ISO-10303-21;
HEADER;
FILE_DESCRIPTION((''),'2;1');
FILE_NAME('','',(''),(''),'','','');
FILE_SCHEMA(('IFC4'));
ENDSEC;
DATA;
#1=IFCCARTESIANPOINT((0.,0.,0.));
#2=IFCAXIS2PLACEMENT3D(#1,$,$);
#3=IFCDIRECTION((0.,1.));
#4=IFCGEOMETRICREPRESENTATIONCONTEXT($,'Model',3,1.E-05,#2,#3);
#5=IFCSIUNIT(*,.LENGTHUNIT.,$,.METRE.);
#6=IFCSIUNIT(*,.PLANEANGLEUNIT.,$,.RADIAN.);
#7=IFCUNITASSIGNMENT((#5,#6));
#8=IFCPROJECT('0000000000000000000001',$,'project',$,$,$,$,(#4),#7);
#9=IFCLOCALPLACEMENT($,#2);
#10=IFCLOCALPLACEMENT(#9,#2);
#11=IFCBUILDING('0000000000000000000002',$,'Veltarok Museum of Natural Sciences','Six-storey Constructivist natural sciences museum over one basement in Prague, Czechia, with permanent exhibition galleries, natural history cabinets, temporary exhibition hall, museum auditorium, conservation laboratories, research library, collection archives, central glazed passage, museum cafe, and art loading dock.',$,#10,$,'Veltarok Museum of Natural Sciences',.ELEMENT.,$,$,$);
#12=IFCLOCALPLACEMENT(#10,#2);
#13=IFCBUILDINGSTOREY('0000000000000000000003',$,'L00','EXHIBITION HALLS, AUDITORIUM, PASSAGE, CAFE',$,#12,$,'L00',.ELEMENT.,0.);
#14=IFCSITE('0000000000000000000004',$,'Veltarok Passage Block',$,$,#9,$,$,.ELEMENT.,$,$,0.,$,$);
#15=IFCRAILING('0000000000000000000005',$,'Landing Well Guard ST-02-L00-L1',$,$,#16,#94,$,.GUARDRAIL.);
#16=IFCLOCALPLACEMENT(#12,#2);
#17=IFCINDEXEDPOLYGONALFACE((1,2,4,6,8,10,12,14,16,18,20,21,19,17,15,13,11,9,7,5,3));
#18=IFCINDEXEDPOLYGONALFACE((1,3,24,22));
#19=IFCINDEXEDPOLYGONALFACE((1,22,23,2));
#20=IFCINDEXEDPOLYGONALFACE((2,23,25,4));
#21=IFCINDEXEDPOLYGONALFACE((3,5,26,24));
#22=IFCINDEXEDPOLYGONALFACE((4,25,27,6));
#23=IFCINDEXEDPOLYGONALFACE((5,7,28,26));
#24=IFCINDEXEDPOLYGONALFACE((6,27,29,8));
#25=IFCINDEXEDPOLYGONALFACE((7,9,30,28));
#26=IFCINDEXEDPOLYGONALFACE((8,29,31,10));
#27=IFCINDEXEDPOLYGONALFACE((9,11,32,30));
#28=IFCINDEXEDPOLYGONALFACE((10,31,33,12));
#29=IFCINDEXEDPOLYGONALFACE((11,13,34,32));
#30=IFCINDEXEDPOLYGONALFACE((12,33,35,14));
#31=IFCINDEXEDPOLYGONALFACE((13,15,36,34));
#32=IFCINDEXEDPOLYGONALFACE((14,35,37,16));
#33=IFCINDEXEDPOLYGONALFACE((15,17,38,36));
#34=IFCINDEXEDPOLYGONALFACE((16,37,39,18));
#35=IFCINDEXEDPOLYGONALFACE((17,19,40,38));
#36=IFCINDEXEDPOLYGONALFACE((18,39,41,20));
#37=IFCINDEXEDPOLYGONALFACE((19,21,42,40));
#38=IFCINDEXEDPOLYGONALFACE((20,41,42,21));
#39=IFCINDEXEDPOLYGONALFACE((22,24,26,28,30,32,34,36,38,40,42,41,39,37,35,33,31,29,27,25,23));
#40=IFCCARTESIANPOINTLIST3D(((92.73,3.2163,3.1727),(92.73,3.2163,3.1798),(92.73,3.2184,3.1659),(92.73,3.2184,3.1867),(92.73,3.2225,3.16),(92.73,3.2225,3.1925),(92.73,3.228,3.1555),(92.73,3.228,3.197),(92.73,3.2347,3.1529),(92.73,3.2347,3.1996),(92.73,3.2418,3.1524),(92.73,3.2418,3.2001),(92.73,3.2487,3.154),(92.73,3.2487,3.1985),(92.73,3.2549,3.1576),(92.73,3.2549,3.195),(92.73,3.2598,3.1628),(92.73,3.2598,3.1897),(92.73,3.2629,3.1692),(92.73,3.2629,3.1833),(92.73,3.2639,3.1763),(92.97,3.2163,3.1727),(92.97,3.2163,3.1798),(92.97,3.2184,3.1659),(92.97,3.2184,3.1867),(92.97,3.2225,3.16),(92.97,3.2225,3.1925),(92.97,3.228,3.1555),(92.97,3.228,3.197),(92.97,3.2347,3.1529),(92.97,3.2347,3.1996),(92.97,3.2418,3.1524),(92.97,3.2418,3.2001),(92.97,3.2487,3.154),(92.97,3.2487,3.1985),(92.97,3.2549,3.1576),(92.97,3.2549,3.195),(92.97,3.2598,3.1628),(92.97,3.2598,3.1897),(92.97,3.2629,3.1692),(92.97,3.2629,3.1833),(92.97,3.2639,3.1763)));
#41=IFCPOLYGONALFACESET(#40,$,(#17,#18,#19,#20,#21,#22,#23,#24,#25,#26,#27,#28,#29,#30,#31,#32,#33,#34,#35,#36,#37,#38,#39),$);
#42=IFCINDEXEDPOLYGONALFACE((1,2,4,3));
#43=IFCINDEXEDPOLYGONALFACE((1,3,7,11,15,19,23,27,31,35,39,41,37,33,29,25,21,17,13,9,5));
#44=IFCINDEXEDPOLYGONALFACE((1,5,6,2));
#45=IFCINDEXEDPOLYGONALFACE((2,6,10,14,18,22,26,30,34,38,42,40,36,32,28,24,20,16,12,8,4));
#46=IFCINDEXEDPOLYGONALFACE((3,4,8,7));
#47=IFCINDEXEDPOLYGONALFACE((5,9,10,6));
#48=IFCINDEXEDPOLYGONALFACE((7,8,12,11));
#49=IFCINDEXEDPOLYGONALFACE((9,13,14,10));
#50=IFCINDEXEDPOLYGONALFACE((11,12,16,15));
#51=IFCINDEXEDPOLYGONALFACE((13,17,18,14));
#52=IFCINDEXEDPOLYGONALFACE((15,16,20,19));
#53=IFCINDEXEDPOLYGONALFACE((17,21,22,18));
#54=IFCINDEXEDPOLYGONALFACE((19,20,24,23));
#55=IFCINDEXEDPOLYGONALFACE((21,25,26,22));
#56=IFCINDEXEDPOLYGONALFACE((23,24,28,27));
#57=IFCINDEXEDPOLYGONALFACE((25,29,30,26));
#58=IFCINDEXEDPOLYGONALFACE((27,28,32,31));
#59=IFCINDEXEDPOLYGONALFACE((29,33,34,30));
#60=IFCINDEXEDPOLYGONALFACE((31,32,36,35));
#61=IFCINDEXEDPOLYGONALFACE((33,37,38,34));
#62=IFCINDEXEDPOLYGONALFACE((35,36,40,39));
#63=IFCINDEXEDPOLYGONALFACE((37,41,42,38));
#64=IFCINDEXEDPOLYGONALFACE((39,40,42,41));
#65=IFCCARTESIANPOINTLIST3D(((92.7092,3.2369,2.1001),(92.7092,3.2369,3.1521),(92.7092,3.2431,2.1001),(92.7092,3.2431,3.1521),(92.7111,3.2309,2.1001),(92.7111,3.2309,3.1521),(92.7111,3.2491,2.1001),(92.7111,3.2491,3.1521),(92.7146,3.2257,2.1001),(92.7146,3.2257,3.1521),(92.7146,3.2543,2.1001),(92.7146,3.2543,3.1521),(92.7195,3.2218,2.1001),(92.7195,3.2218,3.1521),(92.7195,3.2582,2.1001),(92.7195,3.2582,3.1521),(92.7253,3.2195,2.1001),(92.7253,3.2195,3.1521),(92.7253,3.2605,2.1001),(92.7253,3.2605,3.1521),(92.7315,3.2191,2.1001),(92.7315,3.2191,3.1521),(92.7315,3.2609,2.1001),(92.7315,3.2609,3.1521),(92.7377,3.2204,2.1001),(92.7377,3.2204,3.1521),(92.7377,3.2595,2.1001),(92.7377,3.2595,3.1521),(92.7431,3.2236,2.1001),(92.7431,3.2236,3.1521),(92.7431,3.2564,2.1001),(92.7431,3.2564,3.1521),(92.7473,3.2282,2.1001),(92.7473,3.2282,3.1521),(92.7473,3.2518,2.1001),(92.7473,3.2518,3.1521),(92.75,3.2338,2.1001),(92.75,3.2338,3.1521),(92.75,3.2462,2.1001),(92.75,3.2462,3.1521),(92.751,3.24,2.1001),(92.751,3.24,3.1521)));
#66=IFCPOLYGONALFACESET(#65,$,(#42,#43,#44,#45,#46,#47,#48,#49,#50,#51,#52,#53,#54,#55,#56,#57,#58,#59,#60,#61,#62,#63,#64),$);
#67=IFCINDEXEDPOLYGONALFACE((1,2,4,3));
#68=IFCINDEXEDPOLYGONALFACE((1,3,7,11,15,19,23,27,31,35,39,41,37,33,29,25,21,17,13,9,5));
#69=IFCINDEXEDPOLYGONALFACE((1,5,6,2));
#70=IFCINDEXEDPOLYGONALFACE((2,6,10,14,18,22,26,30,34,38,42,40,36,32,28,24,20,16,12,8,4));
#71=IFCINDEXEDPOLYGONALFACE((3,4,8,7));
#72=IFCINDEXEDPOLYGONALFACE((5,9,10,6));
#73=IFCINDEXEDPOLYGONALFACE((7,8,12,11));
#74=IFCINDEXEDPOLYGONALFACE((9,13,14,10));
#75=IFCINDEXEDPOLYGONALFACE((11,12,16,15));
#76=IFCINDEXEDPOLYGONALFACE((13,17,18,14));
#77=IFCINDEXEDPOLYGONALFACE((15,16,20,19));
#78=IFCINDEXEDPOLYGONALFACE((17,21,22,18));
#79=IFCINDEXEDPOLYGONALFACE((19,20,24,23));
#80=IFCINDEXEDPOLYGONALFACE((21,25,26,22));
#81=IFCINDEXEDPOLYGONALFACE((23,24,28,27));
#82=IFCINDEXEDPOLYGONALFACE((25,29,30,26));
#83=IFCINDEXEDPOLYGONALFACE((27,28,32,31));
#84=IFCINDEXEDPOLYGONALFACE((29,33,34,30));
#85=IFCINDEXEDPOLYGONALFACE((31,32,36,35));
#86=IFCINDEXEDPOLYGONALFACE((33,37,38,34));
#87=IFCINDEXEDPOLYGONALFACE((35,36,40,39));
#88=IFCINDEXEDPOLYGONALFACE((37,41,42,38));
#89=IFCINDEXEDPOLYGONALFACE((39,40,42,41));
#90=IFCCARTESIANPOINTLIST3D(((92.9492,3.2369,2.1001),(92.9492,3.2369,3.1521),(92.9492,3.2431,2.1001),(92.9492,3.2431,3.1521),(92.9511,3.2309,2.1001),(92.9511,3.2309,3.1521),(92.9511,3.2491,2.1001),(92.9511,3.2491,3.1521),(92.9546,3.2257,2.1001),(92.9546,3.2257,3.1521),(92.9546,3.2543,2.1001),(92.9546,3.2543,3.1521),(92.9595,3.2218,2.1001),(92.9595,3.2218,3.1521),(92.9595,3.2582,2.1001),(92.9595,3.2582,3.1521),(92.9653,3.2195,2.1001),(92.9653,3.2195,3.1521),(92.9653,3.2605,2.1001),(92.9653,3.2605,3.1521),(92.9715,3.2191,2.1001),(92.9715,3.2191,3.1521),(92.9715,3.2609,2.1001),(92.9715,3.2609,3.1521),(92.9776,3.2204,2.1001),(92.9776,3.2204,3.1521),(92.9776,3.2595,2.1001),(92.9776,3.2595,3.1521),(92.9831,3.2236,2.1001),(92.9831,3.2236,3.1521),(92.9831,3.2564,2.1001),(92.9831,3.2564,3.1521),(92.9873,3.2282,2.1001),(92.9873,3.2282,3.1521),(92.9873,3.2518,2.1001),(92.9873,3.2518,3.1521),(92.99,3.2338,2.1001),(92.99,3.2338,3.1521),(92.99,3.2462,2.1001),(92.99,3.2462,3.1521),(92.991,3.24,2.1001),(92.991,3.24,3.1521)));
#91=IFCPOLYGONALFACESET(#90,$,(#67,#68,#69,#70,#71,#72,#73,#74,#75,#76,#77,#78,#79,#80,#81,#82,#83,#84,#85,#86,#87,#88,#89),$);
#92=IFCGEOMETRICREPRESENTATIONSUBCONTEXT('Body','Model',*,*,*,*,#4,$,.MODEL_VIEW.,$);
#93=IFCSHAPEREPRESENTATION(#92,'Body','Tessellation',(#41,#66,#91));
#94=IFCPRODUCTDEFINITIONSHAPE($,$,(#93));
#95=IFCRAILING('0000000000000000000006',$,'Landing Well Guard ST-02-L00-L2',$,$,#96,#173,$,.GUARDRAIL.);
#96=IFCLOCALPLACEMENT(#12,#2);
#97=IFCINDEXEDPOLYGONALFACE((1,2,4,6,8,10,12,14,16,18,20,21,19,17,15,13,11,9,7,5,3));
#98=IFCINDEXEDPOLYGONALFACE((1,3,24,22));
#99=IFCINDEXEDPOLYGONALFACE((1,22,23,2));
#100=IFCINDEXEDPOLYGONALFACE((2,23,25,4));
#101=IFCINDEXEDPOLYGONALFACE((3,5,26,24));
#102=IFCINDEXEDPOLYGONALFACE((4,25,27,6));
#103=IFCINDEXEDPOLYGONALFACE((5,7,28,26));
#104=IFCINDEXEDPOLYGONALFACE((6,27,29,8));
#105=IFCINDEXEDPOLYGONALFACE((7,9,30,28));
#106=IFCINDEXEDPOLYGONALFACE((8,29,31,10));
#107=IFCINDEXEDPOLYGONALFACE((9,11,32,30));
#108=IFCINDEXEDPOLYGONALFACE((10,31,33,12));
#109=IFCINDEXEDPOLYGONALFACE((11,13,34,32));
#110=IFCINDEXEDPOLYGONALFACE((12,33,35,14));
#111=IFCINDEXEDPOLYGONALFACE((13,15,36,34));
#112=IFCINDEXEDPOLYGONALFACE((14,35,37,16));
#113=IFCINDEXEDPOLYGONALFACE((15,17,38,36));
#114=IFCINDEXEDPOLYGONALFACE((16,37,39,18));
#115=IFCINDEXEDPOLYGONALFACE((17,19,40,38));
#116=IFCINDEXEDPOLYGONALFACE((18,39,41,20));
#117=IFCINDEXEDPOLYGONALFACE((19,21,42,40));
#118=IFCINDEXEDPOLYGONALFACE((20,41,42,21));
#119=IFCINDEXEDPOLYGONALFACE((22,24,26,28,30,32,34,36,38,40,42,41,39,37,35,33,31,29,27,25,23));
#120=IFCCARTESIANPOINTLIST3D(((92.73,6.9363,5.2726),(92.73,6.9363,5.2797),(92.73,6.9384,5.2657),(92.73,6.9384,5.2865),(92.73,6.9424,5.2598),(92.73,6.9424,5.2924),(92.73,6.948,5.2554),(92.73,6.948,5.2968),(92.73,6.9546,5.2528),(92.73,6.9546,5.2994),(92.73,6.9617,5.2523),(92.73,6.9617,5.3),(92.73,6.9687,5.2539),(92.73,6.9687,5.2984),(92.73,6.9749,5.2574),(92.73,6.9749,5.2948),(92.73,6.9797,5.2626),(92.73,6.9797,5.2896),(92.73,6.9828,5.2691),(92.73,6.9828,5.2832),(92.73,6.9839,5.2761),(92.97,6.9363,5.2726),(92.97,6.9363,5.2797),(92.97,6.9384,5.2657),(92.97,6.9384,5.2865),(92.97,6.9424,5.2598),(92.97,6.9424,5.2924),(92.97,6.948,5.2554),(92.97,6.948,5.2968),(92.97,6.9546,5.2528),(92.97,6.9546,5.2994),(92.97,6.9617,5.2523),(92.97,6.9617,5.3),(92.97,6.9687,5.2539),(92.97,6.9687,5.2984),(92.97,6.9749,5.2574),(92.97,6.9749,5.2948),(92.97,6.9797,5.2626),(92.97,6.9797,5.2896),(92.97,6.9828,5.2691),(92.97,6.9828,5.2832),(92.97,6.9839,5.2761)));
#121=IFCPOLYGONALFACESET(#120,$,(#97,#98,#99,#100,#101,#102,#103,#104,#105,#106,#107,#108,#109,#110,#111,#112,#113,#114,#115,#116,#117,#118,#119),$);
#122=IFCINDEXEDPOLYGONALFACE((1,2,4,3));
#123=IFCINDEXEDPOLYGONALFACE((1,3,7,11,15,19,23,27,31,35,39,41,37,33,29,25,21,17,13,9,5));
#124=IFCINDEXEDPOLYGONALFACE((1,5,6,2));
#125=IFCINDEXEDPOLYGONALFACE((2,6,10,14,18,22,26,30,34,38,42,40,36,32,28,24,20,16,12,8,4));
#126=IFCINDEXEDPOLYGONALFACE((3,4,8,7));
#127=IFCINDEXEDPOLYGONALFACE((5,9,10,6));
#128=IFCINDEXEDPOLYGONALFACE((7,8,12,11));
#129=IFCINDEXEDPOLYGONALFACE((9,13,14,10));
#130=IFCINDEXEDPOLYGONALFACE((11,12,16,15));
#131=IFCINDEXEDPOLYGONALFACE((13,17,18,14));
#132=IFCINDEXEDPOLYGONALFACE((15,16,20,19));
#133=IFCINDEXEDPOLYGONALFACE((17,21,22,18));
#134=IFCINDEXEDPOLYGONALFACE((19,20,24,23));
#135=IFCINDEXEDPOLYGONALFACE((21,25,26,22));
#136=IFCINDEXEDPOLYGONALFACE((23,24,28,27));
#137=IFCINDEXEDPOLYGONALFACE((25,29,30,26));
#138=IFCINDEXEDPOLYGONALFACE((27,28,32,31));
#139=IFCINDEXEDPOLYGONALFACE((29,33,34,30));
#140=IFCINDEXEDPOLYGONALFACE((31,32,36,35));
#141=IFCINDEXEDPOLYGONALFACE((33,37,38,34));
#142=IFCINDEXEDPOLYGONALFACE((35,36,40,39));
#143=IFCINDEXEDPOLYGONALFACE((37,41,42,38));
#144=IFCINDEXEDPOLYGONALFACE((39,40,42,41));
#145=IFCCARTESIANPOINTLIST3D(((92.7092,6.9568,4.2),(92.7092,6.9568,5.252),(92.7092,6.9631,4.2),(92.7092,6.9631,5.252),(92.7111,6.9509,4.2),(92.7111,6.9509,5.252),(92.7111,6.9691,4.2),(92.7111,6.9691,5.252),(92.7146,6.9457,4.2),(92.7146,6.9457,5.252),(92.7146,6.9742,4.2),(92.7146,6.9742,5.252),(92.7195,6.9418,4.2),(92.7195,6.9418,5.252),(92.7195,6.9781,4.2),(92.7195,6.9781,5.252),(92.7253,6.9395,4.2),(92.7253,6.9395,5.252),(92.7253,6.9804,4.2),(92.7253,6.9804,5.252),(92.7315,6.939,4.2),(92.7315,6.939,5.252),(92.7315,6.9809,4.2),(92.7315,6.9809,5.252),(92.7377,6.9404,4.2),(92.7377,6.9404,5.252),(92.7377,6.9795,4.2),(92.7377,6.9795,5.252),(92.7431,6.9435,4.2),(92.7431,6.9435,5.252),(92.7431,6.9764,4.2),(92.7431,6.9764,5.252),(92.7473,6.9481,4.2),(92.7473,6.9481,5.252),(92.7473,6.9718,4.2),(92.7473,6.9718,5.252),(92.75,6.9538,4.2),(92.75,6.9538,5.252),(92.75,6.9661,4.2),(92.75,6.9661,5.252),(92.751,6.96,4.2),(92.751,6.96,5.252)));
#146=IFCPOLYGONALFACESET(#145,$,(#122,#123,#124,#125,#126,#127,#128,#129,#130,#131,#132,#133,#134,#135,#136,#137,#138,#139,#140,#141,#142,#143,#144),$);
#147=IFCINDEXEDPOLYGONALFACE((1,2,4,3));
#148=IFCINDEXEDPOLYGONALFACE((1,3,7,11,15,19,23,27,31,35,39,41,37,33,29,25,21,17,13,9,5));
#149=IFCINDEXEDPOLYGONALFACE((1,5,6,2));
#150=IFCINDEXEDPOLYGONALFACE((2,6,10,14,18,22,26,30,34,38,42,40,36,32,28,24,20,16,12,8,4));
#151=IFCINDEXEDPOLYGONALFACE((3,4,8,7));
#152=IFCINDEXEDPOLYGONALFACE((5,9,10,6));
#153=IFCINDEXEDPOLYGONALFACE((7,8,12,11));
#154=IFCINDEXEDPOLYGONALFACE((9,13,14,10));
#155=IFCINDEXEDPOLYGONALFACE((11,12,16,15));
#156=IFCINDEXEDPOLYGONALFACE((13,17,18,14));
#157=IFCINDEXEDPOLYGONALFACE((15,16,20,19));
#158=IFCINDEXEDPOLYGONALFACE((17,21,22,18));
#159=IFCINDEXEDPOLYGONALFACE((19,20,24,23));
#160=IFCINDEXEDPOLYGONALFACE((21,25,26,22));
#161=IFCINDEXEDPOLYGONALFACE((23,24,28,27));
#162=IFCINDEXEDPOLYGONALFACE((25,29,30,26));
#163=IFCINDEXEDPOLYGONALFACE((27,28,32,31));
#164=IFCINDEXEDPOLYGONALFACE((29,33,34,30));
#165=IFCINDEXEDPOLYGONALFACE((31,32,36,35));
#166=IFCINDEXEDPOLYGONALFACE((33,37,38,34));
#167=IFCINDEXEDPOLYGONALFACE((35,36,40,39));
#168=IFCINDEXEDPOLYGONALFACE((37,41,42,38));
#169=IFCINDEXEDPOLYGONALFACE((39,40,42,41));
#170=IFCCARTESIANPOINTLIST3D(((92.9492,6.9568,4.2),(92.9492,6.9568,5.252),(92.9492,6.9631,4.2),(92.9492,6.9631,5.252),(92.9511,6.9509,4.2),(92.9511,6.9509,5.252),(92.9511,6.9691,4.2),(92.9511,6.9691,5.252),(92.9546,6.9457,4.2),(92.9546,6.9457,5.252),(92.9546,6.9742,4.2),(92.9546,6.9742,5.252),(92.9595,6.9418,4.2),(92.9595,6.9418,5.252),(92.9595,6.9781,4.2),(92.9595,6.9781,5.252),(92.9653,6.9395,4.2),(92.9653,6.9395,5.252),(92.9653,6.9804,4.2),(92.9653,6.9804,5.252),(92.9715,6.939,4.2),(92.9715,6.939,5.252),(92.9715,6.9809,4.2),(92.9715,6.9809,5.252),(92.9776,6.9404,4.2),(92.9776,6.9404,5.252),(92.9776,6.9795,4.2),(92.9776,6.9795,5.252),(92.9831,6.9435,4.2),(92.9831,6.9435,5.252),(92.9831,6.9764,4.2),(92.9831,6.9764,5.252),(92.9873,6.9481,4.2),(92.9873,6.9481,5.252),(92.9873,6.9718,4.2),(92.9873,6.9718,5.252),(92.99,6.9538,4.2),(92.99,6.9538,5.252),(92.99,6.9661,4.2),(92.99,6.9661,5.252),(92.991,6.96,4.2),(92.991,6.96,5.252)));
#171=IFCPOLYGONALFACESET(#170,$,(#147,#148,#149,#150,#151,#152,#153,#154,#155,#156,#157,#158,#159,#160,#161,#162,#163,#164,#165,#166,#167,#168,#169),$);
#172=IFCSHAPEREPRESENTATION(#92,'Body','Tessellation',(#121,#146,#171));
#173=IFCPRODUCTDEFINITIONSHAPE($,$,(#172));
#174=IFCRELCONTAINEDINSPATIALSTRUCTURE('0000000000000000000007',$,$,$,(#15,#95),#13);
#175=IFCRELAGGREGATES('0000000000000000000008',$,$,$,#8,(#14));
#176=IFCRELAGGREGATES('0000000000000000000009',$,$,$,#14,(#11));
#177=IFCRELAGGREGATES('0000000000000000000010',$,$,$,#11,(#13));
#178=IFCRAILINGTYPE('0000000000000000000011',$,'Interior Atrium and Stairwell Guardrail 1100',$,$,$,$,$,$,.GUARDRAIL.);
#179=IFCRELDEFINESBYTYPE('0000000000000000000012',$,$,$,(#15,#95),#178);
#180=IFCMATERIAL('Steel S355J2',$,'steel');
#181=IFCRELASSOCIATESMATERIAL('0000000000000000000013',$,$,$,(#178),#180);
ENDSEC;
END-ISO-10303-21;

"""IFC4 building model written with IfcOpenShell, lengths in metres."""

from ifc_helpers import new_model, si_unit, direction, frame, origin, origin_2d, place, context, subcontext, project, spatial, circle, extrude, material, type_object, element, save


model = new_model("IFC4")

# Units and contexts
model_context = context("Model", 3, precision=1e-05, world=origin(), true_north=direction((0.0, 1.0)))
body_context = subcontext(model_context, "Body", "Model", "MODEL_VIEW")
ifc_project = project(units=[si_unit("LENGTHUNIT", "METRE"), si_unit("PLANEANGLEUNIT", "RADIAN")], contexts=[model_context])

# Site, building, storey
site_placement = place(None, origin())
site = spatial("IfcSite", under=ifc_project, at=site_placement, Name="Veltarok Passage Block", CompositionType="ELEMENT", RefElevation=0.0)
building_placement = place(site_placement, origin())
building = spatial("IfcBuilding", under=site, at=building_placement, Name="Veltarok Museum of Natural Sciences", Description="Six-storey Constructivist natural sciences museum over one basement in Prague, Czechia, with permanent exhibition galleries, natural history cabinets, temporary exhibition hall, museum auditorium, conservation laboratories, research library, collection archives, central glazed passage, museum cafe, and art loading dock.", LongName="Veltarok Museum of Natural Sciences", CompositionType="ELEMENT")
storey_placement = place(building_placement, origin())
storey = spatial("IfcBuildingStorey", under=building, at=storey_placement, Name="L00", Description="EXHIBITION HALLS, AUDITORIUM, PASSAGE, CAFE", LongName="L00", CompositionType="ELEMENT", Elevation=0.0)

# Railings
ifc_material_1 = material(Name="Steel S355J2", Category="steel")
railing_type_1 = type_object("IfcRailingType", Name="Interior Atrium and Stairwell Guardrail 1100", PredefinedType="GUARDRAIL", material=ifc_material_1)
for number, where, name in (
    (1, (92.73, 3.24, 2.1001), "Landing Well Guard ST-02-L00-L1"),
    (2, (92.73, 6.96, 4.2), "Landing Well Guard ST-02-L00-L2"),
):
    element("IfcRailing", number, at=place(storey_placement, frame(where)), inside=storey, type_object=railing_type_1, Name=name, PredefinedType="GUARDRAIL", context=body_context, shape_type="SweptSolid", body=[
        extrude(circle(Radius=0.0239, at=origin_2d()), frame((0.0, 0.0, 1.0762), z_axis=(1.0, 0.0, 0.0), x_axis=(0.0, 1.0, 0.0)), (0.0, 0.0, 1.0), 0.24),
        extrude(circle(Radius=0.021, at=origin_2d()), origin(), (0.0, 0.0, 1.0), 1.052),
        extrude(circle(Radius=0.021, at=origin_2d()), frame((0.24, 0.0, 0.0)), (0.0, 0.0, 1.0), 1.052),
    ])

save(model, "model.ifc")
